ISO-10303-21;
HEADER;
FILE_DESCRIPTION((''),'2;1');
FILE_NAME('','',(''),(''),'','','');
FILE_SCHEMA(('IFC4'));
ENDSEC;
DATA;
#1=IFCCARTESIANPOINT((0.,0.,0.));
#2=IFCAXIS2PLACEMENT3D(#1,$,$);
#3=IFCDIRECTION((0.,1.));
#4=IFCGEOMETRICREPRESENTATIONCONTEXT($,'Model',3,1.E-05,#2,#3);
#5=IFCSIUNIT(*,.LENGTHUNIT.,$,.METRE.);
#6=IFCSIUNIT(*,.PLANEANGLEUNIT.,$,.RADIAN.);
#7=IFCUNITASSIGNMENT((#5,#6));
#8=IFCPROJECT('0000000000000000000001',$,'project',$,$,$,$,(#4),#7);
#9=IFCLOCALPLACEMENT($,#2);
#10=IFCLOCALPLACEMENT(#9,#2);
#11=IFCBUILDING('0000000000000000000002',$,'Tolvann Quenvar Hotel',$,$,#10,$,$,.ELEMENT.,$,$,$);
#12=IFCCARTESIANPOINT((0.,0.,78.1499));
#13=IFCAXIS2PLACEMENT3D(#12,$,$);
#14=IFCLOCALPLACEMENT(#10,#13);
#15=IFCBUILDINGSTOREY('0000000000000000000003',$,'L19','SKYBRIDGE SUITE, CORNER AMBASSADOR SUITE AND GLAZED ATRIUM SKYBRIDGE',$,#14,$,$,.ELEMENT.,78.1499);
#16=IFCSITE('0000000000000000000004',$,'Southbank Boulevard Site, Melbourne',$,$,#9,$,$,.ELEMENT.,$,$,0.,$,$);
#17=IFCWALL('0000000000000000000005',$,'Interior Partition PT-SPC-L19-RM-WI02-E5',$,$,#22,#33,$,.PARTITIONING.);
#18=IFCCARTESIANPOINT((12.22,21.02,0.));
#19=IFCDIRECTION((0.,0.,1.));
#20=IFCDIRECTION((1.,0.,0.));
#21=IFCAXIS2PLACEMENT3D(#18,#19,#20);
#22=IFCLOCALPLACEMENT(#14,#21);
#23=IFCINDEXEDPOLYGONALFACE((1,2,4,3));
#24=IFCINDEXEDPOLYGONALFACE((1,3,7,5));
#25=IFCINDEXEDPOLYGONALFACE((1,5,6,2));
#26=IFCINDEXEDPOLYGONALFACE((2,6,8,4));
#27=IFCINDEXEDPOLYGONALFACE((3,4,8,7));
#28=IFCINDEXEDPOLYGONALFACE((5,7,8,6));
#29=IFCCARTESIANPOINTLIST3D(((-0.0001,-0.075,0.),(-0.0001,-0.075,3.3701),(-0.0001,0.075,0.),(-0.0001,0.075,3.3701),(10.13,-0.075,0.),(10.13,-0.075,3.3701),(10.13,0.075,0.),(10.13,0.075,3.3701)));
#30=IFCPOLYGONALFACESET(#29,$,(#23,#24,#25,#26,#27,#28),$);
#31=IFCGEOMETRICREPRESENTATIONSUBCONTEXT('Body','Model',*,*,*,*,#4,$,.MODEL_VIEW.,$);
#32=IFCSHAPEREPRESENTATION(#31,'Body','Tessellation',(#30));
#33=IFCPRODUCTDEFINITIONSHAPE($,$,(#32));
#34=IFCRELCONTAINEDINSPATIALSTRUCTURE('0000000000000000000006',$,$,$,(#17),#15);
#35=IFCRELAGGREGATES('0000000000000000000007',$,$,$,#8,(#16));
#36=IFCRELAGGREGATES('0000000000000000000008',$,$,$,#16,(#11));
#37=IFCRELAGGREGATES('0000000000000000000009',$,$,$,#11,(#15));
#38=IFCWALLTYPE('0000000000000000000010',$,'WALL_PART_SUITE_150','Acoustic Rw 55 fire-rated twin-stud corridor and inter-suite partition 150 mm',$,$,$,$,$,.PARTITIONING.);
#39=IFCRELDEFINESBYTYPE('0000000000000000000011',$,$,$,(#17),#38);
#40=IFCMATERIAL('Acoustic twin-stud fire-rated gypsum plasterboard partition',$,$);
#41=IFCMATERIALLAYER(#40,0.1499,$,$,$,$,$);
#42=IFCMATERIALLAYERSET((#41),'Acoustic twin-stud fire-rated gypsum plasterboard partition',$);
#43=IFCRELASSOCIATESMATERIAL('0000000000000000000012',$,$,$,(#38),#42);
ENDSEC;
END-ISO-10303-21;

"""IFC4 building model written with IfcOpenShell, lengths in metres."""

from ifc_helpers import new_model, si_unit, direction, frame, frame_2d, origin, place, context, subcontext, project, spatial, rectangle, extrude, material, layer, layer_set, type_object, element, save


model = new_model("IFC4")

# Units and contexts
model_context = context("Model", 3, precision=1e-05, world=origin(), true_north=direction((0.0, 1.0)))
body_context = subcontext(model_context, "Body", "Model", "MODEL_VIEW")
ifc_project = project(units=[si_unit("LENGTHUNIT", "METRE"), si_unit("PLANEANGLEUNIT", "RADIAN")], contexts=[model_context])

# Site, building, storey
site_placement = place(None, origin())
site = spatial("IfcSite", under=ifc_project, at=site_placement, Name="Southbank Boulevard Site, Melbourne", CompositionType="ELEMENT", RefElevation=0.0)
building_placement = place(site_placement, origin())
building = spatial("IfcBuilding", under=site, at=building_placement, Name="Tolvann Quenvar Hotel", CompositionType="ELEMENT")
storey_placement = place(building_placement, frame((0.0, 0.0, 78.1499)))
storey = spatial("IfcBuildingStorey", under=building, at=storey_placement, Name="L19", Description="SKYBRIDGE SUITE, CORNER AMBASSADOR SUITE AND GLAZED ATRIUM SKYBRIDGE", CompositionType="ELEMENT", Elevation=78.1499)

# Shared definitions
ifc_material_1 = material(Name="Acoustic twin-stud fire-rated gypsum plasterboard partition")

# Wall
ifc_layer_1 = layer(ifc_material_1, 0.1499)
ifc_layer_set_1 = layer_set([ifc_layer_1], Name="Acoustic twin-stud fire-rated gypsum plasterboard partition")
wall_type_1 = type_object("IfcWallType", Name="WALL_PART_SUITE_150", Description="Acoustic Rw 55 fire-rated twin-stud corridor and inter-suite partition 150 mm", PredefinedType="PARTITIONING", material=ifc_layer_set_1)
wall_1_placement = place(storey_placement, frame((12.22, 21.02, 0.0), z_axis=(0.0, 0.0, 1.0), x_axis=(1.0, 0.0, 0.0)))
element("IfcWall", 1, at=wall_1_placement, inside=storey, type_object=wall_type_1, Name="Interior Partition PT-SPC-L19-RM-WI02-E5", PredefinedType="PARTITIONING", context=body_context, shape_type="SweptSolid", body=[
    extrude(rectangle(XDim=10.1301, YDim=0.1499, at=frame_2d((5.0649, 0.0))), origin(), (0.0, 0.0, 1.0), 3.3701),
])

save(model, "model.ifc")
